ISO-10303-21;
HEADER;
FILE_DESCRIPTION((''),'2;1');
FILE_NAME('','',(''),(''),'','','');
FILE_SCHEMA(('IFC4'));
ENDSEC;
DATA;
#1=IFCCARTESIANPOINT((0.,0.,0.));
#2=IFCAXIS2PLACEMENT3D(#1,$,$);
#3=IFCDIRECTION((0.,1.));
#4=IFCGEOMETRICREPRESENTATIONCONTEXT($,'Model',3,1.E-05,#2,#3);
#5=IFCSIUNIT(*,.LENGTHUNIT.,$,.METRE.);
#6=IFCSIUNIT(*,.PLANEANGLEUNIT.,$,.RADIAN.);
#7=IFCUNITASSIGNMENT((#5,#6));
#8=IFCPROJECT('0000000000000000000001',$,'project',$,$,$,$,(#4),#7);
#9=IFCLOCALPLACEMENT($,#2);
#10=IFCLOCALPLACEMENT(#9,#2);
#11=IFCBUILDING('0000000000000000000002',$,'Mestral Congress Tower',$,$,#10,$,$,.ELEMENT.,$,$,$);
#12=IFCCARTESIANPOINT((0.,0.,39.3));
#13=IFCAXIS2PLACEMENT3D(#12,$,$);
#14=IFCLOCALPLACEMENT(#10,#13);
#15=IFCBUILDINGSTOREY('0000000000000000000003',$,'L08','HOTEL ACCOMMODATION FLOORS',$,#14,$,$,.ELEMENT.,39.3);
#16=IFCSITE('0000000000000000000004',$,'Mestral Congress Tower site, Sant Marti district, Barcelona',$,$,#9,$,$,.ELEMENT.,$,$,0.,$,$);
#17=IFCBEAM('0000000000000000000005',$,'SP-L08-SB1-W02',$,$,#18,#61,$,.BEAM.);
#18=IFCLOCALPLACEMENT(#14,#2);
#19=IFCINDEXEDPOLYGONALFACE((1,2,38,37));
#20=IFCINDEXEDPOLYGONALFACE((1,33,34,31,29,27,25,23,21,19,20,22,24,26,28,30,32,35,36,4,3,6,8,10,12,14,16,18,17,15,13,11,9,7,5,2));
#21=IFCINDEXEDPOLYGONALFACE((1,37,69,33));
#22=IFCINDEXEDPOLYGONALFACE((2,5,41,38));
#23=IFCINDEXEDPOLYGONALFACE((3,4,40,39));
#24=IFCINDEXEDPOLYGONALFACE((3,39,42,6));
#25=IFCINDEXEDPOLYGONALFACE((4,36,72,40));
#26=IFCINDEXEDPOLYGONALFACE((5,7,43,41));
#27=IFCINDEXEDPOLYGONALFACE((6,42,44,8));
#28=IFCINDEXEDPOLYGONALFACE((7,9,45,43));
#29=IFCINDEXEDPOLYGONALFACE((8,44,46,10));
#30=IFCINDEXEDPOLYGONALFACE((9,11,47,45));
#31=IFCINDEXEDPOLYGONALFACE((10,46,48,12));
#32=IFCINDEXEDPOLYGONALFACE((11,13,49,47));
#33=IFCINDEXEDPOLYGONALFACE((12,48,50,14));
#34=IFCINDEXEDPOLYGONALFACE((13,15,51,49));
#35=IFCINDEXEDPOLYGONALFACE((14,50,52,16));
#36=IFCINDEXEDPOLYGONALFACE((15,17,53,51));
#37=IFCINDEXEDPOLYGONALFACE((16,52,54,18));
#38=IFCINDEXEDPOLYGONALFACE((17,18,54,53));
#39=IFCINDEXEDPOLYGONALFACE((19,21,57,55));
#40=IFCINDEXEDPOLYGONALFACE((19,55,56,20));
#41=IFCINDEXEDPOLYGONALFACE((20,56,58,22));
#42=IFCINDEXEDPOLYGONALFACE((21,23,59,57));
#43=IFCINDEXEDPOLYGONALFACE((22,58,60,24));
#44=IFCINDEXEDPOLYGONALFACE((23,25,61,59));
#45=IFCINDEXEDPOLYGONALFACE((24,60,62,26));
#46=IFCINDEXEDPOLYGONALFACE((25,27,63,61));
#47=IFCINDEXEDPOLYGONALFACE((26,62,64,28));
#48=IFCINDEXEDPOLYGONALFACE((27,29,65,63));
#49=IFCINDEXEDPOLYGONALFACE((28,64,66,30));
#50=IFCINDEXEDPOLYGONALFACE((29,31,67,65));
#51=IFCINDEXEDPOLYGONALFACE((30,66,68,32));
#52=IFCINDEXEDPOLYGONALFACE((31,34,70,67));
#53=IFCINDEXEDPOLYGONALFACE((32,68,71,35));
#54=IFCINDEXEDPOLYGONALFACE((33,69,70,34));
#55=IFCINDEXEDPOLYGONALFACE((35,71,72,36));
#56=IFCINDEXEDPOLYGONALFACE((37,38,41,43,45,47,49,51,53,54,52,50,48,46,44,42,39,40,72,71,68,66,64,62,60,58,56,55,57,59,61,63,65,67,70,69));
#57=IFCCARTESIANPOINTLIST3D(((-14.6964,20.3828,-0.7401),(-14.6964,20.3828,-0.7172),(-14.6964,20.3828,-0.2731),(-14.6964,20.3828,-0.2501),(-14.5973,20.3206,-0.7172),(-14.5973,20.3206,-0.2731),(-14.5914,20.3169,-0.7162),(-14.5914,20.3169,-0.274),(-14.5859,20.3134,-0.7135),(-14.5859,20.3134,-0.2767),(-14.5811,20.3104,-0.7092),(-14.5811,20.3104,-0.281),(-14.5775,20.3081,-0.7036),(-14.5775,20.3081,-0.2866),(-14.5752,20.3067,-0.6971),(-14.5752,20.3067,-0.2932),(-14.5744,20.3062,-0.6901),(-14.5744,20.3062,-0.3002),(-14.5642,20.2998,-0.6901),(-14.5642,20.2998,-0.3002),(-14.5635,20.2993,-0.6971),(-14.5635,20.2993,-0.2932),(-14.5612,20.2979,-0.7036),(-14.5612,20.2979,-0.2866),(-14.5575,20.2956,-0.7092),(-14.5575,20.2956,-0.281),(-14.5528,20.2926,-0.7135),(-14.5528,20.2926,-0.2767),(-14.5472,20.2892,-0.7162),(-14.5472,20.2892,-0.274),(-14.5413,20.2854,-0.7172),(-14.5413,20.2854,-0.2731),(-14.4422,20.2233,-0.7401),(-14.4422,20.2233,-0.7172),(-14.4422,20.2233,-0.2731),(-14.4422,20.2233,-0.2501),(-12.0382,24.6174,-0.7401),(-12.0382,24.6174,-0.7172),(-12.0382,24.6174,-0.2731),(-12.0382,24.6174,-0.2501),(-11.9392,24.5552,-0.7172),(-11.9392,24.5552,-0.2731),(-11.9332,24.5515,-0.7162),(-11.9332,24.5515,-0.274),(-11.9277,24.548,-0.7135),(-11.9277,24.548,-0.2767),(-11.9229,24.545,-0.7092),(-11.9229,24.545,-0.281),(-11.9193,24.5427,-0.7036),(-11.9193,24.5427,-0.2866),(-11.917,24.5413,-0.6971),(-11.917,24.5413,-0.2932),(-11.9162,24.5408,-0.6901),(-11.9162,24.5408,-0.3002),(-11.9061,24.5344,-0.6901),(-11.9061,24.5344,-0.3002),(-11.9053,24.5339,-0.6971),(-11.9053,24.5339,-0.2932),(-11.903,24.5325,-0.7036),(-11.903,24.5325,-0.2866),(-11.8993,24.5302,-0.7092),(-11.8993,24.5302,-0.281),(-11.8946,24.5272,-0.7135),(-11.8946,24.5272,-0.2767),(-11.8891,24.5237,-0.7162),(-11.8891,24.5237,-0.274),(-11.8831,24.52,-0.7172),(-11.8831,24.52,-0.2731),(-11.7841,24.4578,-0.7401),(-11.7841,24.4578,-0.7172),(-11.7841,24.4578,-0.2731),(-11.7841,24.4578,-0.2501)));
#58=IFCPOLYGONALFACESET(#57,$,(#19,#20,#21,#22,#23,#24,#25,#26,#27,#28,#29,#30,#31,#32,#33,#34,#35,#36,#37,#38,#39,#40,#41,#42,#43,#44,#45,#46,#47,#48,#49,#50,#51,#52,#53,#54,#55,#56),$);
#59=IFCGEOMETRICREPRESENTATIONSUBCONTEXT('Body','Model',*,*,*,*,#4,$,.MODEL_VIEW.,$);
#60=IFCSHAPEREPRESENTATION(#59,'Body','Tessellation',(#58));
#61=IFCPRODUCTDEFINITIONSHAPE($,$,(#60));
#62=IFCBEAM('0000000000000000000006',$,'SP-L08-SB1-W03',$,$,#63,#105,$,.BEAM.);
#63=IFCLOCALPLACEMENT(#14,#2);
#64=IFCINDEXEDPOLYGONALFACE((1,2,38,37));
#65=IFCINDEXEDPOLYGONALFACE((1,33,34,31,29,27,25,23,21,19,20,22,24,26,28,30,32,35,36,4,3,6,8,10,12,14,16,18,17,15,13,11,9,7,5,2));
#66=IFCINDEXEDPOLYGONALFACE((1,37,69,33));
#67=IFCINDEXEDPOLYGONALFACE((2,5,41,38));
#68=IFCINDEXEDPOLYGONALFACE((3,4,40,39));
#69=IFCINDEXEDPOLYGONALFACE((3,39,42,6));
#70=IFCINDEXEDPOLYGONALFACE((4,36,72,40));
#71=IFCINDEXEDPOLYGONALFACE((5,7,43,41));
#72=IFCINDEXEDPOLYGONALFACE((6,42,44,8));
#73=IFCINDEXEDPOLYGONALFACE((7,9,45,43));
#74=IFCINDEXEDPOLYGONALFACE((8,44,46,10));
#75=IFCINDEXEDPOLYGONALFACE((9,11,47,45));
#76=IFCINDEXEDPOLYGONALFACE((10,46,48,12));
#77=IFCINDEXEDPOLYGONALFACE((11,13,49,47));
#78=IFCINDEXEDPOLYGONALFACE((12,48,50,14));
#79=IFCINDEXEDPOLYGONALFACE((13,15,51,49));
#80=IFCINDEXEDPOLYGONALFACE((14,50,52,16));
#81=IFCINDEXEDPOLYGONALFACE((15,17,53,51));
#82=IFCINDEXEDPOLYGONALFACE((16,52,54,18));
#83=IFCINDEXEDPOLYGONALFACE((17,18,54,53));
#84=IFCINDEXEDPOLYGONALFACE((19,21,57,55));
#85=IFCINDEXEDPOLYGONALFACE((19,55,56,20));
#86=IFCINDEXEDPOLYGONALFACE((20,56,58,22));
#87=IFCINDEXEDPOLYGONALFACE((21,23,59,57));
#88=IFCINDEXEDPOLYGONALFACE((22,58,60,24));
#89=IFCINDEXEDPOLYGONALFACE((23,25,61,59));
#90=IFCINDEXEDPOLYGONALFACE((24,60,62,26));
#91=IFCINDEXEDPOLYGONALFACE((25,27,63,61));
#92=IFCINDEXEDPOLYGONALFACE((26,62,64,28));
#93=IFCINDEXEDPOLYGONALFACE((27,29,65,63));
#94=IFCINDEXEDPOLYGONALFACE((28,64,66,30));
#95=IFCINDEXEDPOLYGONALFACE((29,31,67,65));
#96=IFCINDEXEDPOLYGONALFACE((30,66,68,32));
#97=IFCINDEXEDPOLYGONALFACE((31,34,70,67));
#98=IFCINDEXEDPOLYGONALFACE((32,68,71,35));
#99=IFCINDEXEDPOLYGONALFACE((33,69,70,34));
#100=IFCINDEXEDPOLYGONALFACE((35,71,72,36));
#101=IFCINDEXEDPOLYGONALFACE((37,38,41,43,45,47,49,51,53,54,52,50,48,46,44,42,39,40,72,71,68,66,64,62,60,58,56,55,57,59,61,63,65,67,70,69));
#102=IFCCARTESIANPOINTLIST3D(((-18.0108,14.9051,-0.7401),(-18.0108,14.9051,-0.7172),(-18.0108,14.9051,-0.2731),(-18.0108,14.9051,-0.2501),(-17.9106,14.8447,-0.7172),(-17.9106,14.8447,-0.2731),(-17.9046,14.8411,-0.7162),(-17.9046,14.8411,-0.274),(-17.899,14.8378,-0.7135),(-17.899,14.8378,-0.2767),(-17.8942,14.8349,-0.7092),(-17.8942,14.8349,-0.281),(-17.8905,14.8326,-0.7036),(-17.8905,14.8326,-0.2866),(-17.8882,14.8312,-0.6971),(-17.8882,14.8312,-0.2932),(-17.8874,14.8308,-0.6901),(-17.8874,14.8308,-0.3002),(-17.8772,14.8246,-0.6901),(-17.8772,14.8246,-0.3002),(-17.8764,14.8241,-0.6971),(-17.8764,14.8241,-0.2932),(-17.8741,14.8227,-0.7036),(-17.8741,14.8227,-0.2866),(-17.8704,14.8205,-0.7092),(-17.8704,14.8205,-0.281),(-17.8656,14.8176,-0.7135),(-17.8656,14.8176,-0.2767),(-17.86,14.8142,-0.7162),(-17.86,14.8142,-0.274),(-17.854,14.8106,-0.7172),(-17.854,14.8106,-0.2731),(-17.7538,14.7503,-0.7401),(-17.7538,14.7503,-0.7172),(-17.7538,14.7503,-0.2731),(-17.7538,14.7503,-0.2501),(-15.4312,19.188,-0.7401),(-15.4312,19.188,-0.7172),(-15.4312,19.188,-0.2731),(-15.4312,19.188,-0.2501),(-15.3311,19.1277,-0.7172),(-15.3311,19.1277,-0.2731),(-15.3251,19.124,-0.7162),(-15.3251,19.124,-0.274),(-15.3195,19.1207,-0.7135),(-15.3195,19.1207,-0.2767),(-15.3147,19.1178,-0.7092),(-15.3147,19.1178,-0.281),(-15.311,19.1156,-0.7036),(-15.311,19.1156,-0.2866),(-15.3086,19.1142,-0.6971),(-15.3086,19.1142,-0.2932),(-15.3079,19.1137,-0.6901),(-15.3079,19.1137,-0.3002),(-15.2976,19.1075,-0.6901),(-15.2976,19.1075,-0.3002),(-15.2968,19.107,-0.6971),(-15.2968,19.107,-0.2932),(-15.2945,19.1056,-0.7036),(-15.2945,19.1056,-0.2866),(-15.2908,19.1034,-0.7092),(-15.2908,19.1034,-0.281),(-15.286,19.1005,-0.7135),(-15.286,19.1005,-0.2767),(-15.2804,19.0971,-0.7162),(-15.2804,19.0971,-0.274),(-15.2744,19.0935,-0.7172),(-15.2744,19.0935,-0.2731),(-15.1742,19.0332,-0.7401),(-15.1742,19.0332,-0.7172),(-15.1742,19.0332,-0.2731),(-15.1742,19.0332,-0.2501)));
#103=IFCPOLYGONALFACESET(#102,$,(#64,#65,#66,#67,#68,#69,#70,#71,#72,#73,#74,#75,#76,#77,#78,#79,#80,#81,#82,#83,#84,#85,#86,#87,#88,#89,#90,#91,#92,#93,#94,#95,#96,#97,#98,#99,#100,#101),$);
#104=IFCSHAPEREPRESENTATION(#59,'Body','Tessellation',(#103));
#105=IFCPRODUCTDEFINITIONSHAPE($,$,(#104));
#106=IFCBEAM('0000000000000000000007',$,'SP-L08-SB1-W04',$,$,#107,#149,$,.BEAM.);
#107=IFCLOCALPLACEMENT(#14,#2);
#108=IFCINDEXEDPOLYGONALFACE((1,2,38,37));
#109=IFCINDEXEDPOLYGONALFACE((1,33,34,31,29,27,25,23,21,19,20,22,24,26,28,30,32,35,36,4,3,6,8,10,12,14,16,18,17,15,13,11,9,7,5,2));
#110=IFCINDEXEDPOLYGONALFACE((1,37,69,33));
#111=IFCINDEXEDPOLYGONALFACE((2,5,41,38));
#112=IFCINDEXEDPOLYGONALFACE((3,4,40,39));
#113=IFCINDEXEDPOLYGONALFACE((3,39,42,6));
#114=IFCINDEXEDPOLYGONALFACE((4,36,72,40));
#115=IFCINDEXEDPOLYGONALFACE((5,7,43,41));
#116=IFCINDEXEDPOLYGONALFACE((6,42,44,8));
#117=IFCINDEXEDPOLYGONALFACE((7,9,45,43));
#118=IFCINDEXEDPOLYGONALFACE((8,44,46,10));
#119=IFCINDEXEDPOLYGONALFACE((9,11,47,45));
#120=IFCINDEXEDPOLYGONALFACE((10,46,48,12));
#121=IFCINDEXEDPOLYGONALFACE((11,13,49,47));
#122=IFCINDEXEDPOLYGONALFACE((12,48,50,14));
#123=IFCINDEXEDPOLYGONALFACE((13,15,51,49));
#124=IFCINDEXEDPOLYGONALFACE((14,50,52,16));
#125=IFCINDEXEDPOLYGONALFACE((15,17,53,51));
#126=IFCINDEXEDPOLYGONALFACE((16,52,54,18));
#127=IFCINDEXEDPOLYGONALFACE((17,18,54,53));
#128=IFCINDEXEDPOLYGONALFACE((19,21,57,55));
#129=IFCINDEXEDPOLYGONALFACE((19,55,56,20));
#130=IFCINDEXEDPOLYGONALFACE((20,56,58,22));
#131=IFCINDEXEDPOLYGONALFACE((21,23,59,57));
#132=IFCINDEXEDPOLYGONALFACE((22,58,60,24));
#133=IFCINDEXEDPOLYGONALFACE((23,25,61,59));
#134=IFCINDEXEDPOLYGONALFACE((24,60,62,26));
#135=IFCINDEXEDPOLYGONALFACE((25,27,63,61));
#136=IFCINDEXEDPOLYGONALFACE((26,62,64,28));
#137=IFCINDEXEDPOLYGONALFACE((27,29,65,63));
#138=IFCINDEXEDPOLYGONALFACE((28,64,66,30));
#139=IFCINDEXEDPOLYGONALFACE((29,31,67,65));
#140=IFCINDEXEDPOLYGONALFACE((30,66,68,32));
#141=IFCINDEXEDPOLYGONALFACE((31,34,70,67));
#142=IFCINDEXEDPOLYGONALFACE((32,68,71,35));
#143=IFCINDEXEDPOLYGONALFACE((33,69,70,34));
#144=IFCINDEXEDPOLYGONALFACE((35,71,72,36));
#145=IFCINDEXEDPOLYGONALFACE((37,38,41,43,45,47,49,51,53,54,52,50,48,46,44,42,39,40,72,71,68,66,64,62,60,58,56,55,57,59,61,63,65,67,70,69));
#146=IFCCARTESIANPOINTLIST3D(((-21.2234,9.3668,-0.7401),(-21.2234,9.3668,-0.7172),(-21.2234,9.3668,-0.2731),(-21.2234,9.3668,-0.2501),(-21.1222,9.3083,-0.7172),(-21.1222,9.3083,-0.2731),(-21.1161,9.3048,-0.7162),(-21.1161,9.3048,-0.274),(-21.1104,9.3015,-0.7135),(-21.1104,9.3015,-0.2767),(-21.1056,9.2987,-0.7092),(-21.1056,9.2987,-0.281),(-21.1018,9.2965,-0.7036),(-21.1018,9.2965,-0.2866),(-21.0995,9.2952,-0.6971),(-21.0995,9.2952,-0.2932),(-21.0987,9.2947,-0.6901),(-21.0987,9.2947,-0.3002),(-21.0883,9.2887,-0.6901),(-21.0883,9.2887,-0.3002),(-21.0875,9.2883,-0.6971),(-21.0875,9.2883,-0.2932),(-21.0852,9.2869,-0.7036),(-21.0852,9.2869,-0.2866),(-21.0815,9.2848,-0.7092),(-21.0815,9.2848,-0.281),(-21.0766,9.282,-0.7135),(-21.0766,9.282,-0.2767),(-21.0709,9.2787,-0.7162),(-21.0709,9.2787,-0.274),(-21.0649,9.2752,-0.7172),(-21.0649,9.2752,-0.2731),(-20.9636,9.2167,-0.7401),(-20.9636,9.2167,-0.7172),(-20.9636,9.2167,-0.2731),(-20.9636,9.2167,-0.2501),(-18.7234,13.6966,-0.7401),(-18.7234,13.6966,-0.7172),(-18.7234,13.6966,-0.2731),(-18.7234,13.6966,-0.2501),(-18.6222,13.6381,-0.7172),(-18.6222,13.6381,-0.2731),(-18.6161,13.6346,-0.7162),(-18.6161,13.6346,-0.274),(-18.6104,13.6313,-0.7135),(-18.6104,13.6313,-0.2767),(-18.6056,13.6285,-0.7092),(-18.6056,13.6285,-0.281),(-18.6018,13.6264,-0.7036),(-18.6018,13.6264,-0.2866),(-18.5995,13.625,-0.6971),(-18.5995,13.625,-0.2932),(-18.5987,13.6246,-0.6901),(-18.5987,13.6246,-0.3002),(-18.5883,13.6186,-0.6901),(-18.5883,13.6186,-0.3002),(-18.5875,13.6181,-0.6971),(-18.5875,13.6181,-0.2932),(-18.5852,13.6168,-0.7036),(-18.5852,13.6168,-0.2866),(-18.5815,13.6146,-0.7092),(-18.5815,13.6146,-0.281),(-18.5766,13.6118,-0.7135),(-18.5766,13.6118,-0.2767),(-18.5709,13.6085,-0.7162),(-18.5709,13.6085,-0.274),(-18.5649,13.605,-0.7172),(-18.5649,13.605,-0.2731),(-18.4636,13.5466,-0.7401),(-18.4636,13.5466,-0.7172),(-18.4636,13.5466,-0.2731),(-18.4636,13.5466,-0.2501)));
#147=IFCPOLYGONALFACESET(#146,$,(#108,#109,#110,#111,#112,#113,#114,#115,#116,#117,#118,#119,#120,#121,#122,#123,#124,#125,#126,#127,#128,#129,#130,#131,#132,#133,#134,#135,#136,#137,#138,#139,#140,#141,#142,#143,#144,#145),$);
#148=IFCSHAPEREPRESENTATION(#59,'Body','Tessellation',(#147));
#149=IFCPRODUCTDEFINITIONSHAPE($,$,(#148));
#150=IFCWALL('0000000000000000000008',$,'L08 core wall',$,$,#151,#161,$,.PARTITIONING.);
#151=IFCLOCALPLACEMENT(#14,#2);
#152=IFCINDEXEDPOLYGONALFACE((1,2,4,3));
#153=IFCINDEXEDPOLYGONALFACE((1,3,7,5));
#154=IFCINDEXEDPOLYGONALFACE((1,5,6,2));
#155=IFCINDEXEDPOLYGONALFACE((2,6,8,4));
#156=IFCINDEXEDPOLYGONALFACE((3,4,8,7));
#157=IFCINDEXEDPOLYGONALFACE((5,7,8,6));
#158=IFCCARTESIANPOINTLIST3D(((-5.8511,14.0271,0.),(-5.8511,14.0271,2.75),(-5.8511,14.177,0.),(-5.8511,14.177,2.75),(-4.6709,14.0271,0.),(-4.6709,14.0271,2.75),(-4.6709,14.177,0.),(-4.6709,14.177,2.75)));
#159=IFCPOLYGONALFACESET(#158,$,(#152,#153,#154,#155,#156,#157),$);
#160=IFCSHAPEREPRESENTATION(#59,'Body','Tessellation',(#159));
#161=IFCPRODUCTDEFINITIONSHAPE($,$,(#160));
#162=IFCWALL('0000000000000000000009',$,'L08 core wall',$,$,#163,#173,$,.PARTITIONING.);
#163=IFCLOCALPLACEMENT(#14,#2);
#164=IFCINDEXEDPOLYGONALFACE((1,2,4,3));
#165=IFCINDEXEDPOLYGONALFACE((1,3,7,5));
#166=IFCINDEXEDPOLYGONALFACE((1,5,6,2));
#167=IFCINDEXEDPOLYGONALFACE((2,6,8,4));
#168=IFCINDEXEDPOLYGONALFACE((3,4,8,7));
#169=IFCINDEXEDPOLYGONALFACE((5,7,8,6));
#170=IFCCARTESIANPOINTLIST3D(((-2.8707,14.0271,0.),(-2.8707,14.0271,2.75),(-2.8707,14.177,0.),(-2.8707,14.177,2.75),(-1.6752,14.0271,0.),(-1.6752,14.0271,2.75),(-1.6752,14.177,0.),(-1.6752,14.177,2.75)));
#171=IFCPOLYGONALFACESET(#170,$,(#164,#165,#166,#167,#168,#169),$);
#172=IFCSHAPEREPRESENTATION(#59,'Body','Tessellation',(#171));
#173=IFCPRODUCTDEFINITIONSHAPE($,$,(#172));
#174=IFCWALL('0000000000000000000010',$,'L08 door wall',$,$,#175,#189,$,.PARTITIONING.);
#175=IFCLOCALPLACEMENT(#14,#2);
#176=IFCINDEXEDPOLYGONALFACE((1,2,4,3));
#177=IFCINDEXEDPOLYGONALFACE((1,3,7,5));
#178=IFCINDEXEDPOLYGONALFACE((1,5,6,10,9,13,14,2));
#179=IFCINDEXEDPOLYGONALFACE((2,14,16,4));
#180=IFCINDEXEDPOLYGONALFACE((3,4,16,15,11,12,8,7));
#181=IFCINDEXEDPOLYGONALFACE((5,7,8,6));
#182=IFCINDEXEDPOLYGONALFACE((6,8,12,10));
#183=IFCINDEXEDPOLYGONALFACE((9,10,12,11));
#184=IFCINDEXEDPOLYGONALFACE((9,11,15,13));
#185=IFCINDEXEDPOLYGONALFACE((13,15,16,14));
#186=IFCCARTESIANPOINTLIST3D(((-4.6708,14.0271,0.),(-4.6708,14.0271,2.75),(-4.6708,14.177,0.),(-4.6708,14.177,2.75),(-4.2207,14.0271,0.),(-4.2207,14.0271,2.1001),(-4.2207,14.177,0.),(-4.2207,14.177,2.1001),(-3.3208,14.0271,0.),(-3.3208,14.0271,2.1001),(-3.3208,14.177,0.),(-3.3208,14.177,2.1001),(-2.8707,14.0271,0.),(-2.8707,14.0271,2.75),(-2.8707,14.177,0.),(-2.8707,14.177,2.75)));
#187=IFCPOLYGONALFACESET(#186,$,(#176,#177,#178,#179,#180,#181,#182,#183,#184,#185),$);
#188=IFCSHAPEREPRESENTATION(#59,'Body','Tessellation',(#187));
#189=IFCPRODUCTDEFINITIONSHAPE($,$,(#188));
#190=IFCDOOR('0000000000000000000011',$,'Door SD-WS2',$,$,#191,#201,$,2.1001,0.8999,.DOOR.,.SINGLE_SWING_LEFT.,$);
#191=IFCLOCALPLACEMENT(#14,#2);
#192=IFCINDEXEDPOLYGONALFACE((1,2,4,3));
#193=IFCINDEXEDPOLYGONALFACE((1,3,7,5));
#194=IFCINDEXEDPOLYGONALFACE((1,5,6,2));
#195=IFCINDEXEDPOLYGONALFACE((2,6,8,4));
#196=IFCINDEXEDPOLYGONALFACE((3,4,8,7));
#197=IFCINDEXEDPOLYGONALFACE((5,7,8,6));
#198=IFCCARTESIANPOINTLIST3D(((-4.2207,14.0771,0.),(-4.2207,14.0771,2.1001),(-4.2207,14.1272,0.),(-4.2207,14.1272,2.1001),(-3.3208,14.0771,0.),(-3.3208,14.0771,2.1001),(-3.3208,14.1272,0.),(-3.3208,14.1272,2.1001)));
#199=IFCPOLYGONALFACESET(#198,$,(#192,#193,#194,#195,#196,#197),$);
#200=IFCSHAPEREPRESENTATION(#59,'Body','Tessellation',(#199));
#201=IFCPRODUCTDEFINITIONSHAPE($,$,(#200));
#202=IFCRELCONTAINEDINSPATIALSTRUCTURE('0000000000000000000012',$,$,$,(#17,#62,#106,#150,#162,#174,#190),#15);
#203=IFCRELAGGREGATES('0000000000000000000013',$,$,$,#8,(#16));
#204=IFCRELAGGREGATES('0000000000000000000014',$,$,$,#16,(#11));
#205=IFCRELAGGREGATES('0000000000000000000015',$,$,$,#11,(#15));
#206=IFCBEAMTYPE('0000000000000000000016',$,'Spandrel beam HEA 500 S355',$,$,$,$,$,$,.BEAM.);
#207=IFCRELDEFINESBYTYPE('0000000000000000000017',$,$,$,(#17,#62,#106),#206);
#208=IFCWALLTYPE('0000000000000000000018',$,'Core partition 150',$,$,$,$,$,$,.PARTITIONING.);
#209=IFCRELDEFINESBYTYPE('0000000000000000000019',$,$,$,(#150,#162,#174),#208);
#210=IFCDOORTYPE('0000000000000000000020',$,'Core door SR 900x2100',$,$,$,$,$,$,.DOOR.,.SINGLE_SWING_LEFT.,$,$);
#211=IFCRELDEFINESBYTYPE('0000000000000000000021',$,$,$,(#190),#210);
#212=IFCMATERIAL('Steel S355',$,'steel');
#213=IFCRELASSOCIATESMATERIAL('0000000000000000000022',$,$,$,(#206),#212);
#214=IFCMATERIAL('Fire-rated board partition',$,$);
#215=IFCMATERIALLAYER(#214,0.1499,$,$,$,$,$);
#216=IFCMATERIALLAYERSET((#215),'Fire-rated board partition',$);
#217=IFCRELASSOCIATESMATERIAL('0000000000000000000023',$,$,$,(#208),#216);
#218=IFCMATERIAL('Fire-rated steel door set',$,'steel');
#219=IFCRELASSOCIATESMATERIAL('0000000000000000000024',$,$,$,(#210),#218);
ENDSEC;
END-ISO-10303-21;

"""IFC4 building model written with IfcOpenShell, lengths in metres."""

from ifc_helpers import new_model, si_unit, direction, frame, frame_2d, origin, origin_2d, place, context, subcontext, project, spatial, rectangle, i_section, extrude, material, layer, layer_set, material_profile, profile_set, type_object, element, fill, save


model = new_model("IFC4")

# Units and contexts
model_context = context("Model", 3, precision=1e-05, world=origin(), true_north=direction((0.0, 1.0)))
body_context = subcontext(model_context, "Body", "Model", "MODEL_VIEW")
ifc_project = project(units=[si_unit("LENGTHUNIT", "METRE"), si_unit("PLANEANGLEUNIT", "RADIAN")], contexts=[model_context])

# Site, building, storey
site_placement = place(None, origin())
site = spatial("IfcSite", under=ifc_project, at=site_placement, Name="Mestral Congress Tower site, Sant Marti district, Barcelona", CompositionType="ELEMENT", RefElevation=0.0)
building_placement = place(site_placement, origin())
building = spatial("IfcBuilding", under=site, at=building_placement, Name="Mestral Congress Tower", CompositionType="ELEMENT")
storey_placement = place(building_placement, frame((0.0, 0.0, 39.3)))
storey = spatial("IfcBuildingStorey", under=building, at=storey_placement, Name="L08", Description="HOTEL ACCOMMODATION FLOORS", CompositionType="ELEMENT", Elevation=39.3)

# Beams
ifc_material_1 = material(Name="Steel S355", Category="steel")
ifc_material_profile_1 = material_profile(ifc_material_1, i_section(OverallWidth=0.3, OverallDepth=0.49, WebThickness=0.012, FlangeThickness=0.0229, FilletRadius=0.0271, at=origin_2d()), Name="HEA 500")
ifc_profile_set_1 = profile_set([ifc_material_profile_1], Name="Steel S355")
beam_type_1 = type_object("IfcBeamType", Name="Spandrel beam HEA 500 S355", PredefinedType="BEAM", material=ifc_profile_set_1)
for number, where, z_axis, x_axis, name in (
    (1, (-11.9111, 24.5376, -0.4951), (-0.531661, -0.846957, 0.0), (0.846957, -0.531661, 0.0), "SP-L08-SB1-W02"),
    (2, (-15.3027, 19.1106, -0.4951), (-0.515938, -0.856626, 0.0), (0.856626, -0.515938, 0.0), "SP-L08-SB1-W03"),
    (3, (-18.5935, 13.6216, -0.4951), (-0.500025, -0.866011, 0.0), (0.866011, -0.500025, 0.0), "SP-L08-SB1-W04"),
):
    element("IfcBeam", number, at=place(storey_placement, frame(where, z_axis=z_axis, x_axis=x_axis)), inside=storey, type_object=beam_type_1, Name=name, PredefinedType="BEAM", context=body_context, shape_type="SweptSolid", body=[
        extrude(i_section(OverallWidth=0.3, OverallDepth=0.49, WebThickness=0.012, FlangeThickness=0.0229, FilletRadius=0.0271, at=origin_2d()), origin(), (0.0, 0.0, 1.0), 4.9998),
    ])

# Walls
ifc_material_2 = material(Name="Fire-rated board partition")
ifc_layer_1 = layer(ifc_material_2, 0.1499)
ifc_layer_set_1 = layer_set([ifc_layer_1], Name="Fire-rated board partition")
wall_type_1 = type_object("IfcWallType", Name="Core partition 150", PredefinedType="PARTITIONING", material=ifc_layer_set_1)
wall_1_placement = place(storey_placement, frame((-5.8511, 14.1021, 0.0), z_axis=(0.0, 0.0, 1.0), x_axis=(1.0, 0.0, 0.0)))
element("IfcWall", 4, at=wall_1_placement, inside=storey, type_object=wall_type_1, Name="L08 core wall", PredefinedType="PARTITIONING", context=body_context, shape_type="SweptSolid", body=[
    extrude(rectangle(XDim=1.1802, YDim=0.1499, at=frame_2d((0.5901, 0.0))), origin(), (0.0, 0.0, 1.0), 2.75),
])
wall_2_placement = place(storey_placement, frame((-2.8706, 14.1021, 0.0), z_axis=(0.0, 0.0, 1.0), x_axis=(1.0, 0.0, 0.0)))
element("IfcWall", 5, at=wall_2_placement, inside=storey, type_object=wall_type_1, Name="L08 core wall", PredefinedType="PARTITIONING", context=body_context, shape_type="SweptSolid", body=[
    extrude(rectangle(XDim=1.1956, YDim=0.1499, at=frame_2d((0.5977, 0.0))), origin(), (0.0, 0.0, 1.0), 2.75),
])

# Wall, opening, door
wall_3_placement = place(storey_placement, frame((-2.8708, 14.1021, 0.0), z_axis=(0.0, 0.0, 1.0), x_axis=(-1.0, 0.0, 0.0)))
wall_3 = element("IfcWall", 6, at=wall_3_placement, inside=storey, type_object=wall_type_1, Name="L08 door wall", PredefinedType="PARTITIONING", context=body_context, shape_type="SweptSolid", body=[
    extrude(rectangle(XDim=1.8, YDim=0.1499, at=frame_2d((0.8999, 0.0))), origin(), (0.0, 0.0, 1.0), 2.75),
])
opening_1_placement = place(wall_3_placement, frame((0.45, 0.0, 0.0)))
opening_1 = element("IfcOpeningElement", 7, at=opening_1_placement, cuts=wall_3, PredefinedType="OPENING", context=body_context, shape_type="SweptSolid", body=[
    extrude(rectangle(XDim=0.8999, YDim=2.1001, at=frame_2d((0.45, 1.05))), frame((0.0, 0.085, 0.0), z_axis=(0.0, -1.0, 0.0), x_axis=(1.0, 0.0, 0.0)), (0.0, 0.0, 1.0), 0.1699),
])
ifc_material_3 = material(Name="Fire-rated steel door set", Category="steel")
door_type_1 = type_object("IfcDoorType", Name="Core door SR 900x2100", OperationType="SINGLE_SWING_LEFT", PredefinedType="DOOR", material=ifc_material_3)
door_1_placement = place(opening_1_placement, origin())
door_1 = element("IfcDoor", 8, at=door_1_placement, inside=storey, type_object=door_type_1, Name="Door SD-WS2", OperationType="SINGLE_SWING_LEFT", OverallHeight=2.1001, OverallWidth=0.8999, PredefinedType="DOOR", context=body_context, shape_type="SweptSolid", body=[
    extrude(rectangle(XDim=0.8999, YDim=2.1001, at=frame_2d((0.45, 1.05))), frame((0.0, 0.0249, 0.0), z_axis=(0.0, -1.0, 0.0), x_axis=(1.0, 0.0, 0.0)), (0.0, 0.0, 1.0), 0.05),
])
fill(opening_1, door_1)

save(model, "model.ifc")
